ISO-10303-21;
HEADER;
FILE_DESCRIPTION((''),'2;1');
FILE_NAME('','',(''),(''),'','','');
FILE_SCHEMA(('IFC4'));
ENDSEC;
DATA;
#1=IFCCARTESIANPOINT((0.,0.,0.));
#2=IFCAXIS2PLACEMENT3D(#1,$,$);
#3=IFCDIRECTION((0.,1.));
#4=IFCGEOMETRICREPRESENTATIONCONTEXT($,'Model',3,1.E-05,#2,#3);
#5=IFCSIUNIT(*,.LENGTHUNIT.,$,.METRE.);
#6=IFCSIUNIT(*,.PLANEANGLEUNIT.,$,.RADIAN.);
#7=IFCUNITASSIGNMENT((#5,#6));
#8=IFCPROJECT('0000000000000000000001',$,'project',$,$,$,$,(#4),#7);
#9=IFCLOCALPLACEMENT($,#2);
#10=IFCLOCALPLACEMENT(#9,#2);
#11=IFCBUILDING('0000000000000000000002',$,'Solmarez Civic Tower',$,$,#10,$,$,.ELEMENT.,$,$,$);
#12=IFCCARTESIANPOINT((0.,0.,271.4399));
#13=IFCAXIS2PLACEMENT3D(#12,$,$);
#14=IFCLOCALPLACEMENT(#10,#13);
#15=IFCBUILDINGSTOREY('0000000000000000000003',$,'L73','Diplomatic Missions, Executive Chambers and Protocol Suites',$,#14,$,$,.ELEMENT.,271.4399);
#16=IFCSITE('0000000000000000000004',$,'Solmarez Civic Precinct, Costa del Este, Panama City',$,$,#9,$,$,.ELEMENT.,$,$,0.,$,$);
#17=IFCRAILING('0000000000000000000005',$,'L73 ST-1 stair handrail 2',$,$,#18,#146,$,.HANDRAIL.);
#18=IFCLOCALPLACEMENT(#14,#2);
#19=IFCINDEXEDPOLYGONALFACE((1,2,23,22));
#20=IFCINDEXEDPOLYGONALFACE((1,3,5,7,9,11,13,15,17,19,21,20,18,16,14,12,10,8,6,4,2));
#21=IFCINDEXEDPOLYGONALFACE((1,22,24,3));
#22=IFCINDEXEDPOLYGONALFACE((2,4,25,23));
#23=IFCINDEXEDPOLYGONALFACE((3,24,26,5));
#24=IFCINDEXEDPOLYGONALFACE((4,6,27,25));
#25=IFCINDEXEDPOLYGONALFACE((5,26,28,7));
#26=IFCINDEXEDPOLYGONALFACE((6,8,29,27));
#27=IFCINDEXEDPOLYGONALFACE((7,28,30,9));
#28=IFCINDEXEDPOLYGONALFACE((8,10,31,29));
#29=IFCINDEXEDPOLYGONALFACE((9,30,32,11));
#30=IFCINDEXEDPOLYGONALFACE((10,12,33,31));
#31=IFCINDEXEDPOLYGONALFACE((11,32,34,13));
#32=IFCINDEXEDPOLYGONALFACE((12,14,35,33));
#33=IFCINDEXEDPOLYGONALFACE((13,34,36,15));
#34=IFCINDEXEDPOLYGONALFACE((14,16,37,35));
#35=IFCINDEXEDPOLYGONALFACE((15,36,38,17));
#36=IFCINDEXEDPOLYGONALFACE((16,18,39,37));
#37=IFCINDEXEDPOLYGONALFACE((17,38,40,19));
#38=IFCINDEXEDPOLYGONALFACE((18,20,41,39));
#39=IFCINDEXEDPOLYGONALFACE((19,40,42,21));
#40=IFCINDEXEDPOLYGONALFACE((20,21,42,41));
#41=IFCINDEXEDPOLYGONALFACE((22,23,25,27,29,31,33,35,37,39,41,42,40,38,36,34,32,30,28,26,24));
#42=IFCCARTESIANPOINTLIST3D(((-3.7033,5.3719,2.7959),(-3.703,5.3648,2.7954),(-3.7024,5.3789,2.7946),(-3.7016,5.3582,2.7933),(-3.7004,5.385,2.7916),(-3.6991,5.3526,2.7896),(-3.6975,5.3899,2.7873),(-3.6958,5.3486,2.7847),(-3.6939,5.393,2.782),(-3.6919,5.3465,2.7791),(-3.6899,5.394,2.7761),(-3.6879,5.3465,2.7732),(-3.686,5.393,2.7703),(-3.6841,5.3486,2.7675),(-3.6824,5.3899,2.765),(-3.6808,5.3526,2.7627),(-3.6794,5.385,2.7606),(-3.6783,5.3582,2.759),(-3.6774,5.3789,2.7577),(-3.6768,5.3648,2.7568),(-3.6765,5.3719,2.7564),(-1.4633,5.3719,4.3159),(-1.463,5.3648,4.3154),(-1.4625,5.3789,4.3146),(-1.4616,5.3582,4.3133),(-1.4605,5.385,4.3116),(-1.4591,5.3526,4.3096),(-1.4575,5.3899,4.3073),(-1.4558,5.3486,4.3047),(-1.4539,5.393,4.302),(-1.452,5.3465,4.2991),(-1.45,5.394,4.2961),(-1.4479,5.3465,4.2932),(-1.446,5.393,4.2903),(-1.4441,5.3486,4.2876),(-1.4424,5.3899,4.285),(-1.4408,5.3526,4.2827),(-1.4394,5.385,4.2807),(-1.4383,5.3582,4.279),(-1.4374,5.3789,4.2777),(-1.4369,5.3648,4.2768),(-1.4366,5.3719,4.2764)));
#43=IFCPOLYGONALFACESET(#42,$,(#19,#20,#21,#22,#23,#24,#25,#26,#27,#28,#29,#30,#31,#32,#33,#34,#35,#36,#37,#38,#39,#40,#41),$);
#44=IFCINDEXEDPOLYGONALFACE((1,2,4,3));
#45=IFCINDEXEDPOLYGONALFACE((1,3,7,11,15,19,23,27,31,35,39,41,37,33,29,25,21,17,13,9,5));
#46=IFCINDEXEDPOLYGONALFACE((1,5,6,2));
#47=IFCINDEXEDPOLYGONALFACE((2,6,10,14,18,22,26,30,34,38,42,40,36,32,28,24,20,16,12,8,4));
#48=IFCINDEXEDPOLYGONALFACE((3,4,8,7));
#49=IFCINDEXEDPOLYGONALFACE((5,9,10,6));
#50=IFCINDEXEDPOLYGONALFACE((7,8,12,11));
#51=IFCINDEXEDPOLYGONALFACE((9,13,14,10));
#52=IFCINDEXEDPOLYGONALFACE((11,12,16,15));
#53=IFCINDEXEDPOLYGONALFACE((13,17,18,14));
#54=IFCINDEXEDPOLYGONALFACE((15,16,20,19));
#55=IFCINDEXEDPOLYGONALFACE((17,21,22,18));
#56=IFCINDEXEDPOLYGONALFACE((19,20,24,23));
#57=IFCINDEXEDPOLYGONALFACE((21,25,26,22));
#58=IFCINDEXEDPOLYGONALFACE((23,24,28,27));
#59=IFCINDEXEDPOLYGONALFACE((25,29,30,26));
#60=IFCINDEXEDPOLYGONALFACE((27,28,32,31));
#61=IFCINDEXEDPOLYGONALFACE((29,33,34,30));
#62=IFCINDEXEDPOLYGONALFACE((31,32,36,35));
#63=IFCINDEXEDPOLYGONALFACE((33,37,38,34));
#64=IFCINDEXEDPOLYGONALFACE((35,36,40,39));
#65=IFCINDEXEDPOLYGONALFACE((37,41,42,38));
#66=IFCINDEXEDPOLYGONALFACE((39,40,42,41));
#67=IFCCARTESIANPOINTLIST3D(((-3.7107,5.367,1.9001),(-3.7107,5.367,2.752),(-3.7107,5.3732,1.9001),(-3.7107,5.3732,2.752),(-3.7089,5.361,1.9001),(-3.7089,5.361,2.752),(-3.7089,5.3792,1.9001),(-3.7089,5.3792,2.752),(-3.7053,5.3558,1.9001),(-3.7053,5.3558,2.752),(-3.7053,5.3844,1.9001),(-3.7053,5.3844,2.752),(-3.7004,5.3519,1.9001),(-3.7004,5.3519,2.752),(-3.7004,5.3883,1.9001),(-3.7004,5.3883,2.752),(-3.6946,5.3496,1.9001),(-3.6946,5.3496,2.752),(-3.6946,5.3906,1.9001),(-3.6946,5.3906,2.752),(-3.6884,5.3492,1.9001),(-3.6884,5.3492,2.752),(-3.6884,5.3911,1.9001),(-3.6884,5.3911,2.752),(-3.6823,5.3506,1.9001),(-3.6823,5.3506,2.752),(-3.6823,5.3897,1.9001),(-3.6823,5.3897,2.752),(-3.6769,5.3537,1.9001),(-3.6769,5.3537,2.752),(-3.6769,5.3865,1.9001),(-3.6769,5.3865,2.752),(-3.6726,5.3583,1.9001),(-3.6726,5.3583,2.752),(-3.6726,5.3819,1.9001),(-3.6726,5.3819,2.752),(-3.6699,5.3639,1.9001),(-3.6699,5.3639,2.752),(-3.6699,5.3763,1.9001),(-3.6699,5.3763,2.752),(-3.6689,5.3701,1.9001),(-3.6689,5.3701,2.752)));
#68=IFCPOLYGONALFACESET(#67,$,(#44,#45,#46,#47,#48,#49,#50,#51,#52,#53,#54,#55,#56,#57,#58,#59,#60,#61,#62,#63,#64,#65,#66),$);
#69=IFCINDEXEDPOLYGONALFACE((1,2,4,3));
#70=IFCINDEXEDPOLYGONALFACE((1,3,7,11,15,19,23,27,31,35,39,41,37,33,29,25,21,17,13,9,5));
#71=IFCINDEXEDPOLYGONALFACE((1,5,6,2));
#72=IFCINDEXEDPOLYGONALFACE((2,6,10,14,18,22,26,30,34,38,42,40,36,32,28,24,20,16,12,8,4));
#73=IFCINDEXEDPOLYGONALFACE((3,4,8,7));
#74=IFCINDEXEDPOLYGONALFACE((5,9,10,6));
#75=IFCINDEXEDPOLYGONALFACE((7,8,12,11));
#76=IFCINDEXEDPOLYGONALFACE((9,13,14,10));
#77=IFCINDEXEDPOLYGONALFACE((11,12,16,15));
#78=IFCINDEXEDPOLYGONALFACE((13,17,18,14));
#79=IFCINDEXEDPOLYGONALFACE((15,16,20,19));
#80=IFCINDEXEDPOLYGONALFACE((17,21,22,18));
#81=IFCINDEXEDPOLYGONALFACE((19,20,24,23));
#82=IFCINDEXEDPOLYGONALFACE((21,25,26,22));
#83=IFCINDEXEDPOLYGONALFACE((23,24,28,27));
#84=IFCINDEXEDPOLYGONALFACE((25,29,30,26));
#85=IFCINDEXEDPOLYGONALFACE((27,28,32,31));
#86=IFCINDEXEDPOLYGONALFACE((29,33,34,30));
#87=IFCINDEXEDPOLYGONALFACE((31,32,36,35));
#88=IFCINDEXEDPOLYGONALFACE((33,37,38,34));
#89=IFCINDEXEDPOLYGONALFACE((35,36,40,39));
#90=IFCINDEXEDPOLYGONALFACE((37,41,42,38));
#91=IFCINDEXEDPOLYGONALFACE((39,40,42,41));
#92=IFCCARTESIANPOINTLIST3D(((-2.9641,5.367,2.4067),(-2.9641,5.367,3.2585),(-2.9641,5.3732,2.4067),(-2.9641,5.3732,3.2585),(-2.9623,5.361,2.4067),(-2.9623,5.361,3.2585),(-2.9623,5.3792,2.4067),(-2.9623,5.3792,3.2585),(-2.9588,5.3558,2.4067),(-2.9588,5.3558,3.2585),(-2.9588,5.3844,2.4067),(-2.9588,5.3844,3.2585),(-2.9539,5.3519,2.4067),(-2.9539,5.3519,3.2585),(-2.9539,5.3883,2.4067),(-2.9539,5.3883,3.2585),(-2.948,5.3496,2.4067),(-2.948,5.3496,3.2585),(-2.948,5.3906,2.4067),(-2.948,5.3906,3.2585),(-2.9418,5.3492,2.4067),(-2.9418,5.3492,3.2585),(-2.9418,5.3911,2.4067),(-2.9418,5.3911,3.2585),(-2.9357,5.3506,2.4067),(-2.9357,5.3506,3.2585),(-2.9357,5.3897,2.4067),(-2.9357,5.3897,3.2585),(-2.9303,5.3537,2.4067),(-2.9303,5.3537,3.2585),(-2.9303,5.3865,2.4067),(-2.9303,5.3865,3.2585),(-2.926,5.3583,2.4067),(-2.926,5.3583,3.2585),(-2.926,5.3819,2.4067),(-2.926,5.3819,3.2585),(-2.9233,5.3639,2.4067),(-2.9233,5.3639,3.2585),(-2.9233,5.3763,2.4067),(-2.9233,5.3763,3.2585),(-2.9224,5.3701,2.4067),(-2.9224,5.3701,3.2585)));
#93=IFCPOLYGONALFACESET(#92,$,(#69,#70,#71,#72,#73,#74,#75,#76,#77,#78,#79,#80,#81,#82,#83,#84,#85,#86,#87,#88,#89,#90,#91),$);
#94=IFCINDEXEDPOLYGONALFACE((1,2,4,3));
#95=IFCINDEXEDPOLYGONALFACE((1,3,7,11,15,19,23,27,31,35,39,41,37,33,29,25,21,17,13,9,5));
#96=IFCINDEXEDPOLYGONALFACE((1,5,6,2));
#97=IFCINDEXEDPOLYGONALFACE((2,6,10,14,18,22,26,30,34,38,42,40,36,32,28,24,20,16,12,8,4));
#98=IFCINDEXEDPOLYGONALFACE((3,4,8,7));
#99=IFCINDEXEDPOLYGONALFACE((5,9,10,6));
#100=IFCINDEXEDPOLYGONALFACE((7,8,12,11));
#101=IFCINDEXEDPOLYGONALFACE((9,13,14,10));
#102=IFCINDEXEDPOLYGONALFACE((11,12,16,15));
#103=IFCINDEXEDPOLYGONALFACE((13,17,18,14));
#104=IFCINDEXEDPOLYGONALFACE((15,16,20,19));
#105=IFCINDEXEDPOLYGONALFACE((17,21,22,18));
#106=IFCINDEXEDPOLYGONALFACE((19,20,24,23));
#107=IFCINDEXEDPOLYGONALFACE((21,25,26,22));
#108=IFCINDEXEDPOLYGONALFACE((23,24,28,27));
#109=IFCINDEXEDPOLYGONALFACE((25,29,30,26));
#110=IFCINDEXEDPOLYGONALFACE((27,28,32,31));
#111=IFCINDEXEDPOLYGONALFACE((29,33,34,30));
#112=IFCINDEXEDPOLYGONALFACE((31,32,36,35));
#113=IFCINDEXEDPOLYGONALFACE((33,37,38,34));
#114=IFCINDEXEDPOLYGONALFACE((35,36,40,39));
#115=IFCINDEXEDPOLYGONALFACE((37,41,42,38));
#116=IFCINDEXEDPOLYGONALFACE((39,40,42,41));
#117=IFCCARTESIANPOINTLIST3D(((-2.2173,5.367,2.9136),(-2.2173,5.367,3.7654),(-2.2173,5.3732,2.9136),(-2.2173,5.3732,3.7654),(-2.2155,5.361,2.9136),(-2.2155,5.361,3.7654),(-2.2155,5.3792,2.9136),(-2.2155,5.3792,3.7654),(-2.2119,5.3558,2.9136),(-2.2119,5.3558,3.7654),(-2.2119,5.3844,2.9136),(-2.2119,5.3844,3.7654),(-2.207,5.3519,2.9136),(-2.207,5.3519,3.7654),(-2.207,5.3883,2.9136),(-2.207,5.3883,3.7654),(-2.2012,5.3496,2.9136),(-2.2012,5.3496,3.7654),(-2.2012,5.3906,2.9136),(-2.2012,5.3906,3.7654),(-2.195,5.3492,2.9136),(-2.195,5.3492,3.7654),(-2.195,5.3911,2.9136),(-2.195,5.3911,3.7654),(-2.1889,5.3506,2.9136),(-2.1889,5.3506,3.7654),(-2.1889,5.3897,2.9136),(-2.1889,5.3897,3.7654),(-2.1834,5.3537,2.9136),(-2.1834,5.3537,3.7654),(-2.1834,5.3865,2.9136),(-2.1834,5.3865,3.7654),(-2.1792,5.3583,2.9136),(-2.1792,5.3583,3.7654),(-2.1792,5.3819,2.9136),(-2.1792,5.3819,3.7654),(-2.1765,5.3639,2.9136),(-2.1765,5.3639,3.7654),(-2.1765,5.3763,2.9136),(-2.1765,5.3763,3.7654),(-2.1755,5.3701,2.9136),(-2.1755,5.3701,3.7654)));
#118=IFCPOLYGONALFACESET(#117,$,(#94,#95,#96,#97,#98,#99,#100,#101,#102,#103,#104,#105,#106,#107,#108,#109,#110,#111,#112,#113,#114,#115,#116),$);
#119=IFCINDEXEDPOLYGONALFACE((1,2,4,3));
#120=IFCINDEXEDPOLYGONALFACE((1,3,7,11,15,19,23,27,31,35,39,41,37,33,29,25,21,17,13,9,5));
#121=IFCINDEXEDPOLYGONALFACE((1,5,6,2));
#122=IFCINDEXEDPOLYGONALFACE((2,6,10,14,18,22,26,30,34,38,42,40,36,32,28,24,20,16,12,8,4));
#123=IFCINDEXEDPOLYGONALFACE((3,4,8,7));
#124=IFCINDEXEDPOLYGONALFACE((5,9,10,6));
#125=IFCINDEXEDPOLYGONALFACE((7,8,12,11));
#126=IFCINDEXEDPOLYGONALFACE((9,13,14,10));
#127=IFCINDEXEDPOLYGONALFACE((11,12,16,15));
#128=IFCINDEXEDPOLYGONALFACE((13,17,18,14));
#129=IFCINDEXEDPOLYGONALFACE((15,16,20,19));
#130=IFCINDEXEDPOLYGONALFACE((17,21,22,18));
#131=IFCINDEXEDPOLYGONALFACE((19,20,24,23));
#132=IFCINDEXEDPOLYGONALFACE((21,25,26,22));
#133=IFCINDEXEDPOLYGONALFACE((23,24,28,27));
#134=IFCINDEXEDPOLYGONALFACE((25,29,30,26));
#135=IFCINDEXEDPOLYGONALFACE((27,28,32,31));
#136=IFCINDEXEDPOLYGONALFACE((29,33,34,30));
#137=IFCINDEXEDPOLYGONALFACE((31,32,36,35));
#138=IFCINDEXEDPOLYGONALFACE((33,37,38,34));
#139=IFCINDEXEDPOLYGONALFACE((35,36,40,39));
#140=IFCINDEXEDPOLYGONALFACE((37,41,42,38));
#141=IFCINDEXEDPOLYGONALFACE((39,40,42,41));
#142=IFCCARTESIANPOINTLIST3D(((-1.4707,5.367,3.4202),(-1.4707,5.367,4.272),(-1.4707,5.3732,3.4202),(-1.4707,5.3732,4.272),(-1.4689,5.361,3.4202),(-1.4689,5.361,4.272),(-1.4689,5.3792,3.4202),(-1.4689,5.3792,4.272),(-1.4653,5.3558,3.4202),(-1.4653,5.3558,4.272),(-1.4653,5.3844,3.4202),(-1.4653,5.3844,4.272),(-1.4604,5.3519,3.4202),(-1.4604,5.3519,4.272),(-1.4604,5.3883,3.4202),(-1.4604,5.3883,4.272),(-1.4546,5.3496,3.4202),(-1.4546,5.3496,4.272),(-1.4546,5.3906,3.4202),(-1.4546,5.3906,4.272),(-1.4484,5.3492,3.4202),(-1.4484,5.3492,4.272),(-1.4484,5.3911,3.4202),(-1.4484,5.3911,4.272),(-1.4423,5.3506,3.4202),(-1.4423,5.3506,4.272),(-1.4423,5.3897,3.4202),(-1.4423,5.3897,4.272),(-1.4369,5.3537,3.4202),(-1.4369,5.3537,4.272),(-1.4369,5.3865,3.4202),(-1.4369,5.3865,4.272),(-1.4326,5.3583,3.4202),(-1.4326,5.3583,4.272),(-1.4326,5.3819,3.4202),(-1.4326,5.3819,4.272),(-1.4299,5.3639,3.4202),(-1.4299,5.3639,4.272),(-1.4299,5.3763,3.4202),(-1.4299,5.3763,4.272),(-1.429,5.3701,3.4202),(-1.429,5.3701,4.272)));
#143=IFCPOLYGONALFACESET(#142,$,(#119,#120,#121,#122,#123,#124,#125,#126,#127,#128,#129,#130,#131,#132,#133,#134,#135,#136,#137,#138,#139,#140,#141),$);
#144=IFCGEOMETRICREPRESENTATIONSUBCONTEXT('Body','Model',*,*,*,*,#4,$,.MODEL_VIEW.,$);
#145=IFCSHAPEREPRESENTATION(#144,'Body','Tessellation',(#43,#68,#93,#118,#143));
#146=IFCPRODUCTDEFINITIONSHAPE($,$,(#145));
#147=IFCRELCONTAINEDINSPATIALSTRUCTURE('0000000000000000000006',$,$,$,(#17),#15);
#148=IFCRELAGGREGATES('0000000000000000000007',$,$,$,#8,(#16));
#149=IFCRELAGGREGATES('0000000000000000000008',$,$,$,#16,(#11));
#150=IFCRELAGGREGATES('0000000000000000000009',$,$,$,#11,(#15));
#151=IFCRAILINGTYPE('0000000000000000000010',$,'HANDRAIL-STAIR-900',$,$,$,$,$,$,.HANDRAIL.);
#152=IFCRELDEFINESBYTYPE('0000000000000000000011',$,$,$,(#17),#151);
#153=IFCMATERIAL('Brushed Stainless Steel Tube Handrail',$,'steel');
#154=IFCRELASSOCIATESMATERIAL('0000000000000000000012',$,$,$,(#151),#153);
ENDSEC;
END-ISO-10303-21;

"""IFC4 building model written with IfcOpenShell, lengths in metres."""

from ifc_helpers import new_model, si_unit, direction, frame, origin, origin_2d, place, context, subcontext, project, spatial, circle, extrude, material, type_object, element, save


model = new_model("IFC4")

# Units and contexts
model_context = context("Model", 3, precision=1e-05, world=origin(), true_north=direction((0.0, 1.0)))
body_context = subcontext(model_context, "Body", "Model", "MODEL_VIEW")
ifc_project = project(units=[si_unit("LENGTHUNIT", "METRE"), si_unit("PLANEANGLEUNIT", "RADIAN")], contexts=[model_context])

# Site, building, storey
site_placement = place(None, origin())
site = spatial("IfcSite", under=ifc_project, at=site_placement, Name="Solmarez Civic Precinct, Costa del Este, Panama City", CompositionType="ELEMENT", RefElevation=0.0)
building_placement = place(site_placement, origin())
building = spatial("IfcBuilding", under=site, at=building_placement, Name="Solmarez Civic Tower", CompositionType="ELEMENT")
storey_placement = place(building_placement, frame((0.0, 0.0, 271.4399)))
storey = spatial("IfcBuildingStorey", under=building, at=storey_placement, Name="L73", Description="Diplomatic Missions, Executive Chambers and Protocol Suites", CompositionType="ELEMENT", Elevation=271.4399)

# Railing
ifc_material_1 = material(Name="Brushed Stainless Steel Tube Handrail", Category="steel")
railing_type_1 = type_object("IfcRailingType", Name="HANDRAIL-STAIR-900", PredefinedType="HANDRAIL", material=ifc_material_1)
railing_1_placement = place(storey_placement, frame((-3.6899, 5.3701, 1.9001)))
element("IfcRailing", 1, at=railing_1_placement, inside=storey, type_object=railing_type_1, Name="L73 ST-1 stair handrail 2", PredefinedType="HANDRAIL", context=body_context, shape_type="SweptSolid", body=[
    extrude(circle(Radius=0.0239, at=origin_2d()), frame((0.0, 0.0, 0.876), z_axis=(0.827471, 0.0, 0.561508), x_axis=(0.0, 1.0, 0.0)), (0.0, 0.0, 1.0), 2.707),
    extrude(circle(Radius=0.021, at=origin_2d()), origin(), (0.0, 0.0, 1.0), 0.8518),
    extrude(circle(Radius=0.021, at=origin_2d()), frame((0.7466, 0.0, 0.5066)), (0.0, 0.0, 1.0), 0.8518),
    extrude(circle(Radius=0.021, at=origin_2d()), frame((1.4934, 0.0, 1.0134)), (0.0, 0.0, 1.0), 0.8518),
    extrude(circle(Radius=0.021, at=origin_2d()), frame((2.24, 0.0, 1.52)), (0.0, 0.0, 1.0), 0.8518),
])

save(model, "model.ifc")
